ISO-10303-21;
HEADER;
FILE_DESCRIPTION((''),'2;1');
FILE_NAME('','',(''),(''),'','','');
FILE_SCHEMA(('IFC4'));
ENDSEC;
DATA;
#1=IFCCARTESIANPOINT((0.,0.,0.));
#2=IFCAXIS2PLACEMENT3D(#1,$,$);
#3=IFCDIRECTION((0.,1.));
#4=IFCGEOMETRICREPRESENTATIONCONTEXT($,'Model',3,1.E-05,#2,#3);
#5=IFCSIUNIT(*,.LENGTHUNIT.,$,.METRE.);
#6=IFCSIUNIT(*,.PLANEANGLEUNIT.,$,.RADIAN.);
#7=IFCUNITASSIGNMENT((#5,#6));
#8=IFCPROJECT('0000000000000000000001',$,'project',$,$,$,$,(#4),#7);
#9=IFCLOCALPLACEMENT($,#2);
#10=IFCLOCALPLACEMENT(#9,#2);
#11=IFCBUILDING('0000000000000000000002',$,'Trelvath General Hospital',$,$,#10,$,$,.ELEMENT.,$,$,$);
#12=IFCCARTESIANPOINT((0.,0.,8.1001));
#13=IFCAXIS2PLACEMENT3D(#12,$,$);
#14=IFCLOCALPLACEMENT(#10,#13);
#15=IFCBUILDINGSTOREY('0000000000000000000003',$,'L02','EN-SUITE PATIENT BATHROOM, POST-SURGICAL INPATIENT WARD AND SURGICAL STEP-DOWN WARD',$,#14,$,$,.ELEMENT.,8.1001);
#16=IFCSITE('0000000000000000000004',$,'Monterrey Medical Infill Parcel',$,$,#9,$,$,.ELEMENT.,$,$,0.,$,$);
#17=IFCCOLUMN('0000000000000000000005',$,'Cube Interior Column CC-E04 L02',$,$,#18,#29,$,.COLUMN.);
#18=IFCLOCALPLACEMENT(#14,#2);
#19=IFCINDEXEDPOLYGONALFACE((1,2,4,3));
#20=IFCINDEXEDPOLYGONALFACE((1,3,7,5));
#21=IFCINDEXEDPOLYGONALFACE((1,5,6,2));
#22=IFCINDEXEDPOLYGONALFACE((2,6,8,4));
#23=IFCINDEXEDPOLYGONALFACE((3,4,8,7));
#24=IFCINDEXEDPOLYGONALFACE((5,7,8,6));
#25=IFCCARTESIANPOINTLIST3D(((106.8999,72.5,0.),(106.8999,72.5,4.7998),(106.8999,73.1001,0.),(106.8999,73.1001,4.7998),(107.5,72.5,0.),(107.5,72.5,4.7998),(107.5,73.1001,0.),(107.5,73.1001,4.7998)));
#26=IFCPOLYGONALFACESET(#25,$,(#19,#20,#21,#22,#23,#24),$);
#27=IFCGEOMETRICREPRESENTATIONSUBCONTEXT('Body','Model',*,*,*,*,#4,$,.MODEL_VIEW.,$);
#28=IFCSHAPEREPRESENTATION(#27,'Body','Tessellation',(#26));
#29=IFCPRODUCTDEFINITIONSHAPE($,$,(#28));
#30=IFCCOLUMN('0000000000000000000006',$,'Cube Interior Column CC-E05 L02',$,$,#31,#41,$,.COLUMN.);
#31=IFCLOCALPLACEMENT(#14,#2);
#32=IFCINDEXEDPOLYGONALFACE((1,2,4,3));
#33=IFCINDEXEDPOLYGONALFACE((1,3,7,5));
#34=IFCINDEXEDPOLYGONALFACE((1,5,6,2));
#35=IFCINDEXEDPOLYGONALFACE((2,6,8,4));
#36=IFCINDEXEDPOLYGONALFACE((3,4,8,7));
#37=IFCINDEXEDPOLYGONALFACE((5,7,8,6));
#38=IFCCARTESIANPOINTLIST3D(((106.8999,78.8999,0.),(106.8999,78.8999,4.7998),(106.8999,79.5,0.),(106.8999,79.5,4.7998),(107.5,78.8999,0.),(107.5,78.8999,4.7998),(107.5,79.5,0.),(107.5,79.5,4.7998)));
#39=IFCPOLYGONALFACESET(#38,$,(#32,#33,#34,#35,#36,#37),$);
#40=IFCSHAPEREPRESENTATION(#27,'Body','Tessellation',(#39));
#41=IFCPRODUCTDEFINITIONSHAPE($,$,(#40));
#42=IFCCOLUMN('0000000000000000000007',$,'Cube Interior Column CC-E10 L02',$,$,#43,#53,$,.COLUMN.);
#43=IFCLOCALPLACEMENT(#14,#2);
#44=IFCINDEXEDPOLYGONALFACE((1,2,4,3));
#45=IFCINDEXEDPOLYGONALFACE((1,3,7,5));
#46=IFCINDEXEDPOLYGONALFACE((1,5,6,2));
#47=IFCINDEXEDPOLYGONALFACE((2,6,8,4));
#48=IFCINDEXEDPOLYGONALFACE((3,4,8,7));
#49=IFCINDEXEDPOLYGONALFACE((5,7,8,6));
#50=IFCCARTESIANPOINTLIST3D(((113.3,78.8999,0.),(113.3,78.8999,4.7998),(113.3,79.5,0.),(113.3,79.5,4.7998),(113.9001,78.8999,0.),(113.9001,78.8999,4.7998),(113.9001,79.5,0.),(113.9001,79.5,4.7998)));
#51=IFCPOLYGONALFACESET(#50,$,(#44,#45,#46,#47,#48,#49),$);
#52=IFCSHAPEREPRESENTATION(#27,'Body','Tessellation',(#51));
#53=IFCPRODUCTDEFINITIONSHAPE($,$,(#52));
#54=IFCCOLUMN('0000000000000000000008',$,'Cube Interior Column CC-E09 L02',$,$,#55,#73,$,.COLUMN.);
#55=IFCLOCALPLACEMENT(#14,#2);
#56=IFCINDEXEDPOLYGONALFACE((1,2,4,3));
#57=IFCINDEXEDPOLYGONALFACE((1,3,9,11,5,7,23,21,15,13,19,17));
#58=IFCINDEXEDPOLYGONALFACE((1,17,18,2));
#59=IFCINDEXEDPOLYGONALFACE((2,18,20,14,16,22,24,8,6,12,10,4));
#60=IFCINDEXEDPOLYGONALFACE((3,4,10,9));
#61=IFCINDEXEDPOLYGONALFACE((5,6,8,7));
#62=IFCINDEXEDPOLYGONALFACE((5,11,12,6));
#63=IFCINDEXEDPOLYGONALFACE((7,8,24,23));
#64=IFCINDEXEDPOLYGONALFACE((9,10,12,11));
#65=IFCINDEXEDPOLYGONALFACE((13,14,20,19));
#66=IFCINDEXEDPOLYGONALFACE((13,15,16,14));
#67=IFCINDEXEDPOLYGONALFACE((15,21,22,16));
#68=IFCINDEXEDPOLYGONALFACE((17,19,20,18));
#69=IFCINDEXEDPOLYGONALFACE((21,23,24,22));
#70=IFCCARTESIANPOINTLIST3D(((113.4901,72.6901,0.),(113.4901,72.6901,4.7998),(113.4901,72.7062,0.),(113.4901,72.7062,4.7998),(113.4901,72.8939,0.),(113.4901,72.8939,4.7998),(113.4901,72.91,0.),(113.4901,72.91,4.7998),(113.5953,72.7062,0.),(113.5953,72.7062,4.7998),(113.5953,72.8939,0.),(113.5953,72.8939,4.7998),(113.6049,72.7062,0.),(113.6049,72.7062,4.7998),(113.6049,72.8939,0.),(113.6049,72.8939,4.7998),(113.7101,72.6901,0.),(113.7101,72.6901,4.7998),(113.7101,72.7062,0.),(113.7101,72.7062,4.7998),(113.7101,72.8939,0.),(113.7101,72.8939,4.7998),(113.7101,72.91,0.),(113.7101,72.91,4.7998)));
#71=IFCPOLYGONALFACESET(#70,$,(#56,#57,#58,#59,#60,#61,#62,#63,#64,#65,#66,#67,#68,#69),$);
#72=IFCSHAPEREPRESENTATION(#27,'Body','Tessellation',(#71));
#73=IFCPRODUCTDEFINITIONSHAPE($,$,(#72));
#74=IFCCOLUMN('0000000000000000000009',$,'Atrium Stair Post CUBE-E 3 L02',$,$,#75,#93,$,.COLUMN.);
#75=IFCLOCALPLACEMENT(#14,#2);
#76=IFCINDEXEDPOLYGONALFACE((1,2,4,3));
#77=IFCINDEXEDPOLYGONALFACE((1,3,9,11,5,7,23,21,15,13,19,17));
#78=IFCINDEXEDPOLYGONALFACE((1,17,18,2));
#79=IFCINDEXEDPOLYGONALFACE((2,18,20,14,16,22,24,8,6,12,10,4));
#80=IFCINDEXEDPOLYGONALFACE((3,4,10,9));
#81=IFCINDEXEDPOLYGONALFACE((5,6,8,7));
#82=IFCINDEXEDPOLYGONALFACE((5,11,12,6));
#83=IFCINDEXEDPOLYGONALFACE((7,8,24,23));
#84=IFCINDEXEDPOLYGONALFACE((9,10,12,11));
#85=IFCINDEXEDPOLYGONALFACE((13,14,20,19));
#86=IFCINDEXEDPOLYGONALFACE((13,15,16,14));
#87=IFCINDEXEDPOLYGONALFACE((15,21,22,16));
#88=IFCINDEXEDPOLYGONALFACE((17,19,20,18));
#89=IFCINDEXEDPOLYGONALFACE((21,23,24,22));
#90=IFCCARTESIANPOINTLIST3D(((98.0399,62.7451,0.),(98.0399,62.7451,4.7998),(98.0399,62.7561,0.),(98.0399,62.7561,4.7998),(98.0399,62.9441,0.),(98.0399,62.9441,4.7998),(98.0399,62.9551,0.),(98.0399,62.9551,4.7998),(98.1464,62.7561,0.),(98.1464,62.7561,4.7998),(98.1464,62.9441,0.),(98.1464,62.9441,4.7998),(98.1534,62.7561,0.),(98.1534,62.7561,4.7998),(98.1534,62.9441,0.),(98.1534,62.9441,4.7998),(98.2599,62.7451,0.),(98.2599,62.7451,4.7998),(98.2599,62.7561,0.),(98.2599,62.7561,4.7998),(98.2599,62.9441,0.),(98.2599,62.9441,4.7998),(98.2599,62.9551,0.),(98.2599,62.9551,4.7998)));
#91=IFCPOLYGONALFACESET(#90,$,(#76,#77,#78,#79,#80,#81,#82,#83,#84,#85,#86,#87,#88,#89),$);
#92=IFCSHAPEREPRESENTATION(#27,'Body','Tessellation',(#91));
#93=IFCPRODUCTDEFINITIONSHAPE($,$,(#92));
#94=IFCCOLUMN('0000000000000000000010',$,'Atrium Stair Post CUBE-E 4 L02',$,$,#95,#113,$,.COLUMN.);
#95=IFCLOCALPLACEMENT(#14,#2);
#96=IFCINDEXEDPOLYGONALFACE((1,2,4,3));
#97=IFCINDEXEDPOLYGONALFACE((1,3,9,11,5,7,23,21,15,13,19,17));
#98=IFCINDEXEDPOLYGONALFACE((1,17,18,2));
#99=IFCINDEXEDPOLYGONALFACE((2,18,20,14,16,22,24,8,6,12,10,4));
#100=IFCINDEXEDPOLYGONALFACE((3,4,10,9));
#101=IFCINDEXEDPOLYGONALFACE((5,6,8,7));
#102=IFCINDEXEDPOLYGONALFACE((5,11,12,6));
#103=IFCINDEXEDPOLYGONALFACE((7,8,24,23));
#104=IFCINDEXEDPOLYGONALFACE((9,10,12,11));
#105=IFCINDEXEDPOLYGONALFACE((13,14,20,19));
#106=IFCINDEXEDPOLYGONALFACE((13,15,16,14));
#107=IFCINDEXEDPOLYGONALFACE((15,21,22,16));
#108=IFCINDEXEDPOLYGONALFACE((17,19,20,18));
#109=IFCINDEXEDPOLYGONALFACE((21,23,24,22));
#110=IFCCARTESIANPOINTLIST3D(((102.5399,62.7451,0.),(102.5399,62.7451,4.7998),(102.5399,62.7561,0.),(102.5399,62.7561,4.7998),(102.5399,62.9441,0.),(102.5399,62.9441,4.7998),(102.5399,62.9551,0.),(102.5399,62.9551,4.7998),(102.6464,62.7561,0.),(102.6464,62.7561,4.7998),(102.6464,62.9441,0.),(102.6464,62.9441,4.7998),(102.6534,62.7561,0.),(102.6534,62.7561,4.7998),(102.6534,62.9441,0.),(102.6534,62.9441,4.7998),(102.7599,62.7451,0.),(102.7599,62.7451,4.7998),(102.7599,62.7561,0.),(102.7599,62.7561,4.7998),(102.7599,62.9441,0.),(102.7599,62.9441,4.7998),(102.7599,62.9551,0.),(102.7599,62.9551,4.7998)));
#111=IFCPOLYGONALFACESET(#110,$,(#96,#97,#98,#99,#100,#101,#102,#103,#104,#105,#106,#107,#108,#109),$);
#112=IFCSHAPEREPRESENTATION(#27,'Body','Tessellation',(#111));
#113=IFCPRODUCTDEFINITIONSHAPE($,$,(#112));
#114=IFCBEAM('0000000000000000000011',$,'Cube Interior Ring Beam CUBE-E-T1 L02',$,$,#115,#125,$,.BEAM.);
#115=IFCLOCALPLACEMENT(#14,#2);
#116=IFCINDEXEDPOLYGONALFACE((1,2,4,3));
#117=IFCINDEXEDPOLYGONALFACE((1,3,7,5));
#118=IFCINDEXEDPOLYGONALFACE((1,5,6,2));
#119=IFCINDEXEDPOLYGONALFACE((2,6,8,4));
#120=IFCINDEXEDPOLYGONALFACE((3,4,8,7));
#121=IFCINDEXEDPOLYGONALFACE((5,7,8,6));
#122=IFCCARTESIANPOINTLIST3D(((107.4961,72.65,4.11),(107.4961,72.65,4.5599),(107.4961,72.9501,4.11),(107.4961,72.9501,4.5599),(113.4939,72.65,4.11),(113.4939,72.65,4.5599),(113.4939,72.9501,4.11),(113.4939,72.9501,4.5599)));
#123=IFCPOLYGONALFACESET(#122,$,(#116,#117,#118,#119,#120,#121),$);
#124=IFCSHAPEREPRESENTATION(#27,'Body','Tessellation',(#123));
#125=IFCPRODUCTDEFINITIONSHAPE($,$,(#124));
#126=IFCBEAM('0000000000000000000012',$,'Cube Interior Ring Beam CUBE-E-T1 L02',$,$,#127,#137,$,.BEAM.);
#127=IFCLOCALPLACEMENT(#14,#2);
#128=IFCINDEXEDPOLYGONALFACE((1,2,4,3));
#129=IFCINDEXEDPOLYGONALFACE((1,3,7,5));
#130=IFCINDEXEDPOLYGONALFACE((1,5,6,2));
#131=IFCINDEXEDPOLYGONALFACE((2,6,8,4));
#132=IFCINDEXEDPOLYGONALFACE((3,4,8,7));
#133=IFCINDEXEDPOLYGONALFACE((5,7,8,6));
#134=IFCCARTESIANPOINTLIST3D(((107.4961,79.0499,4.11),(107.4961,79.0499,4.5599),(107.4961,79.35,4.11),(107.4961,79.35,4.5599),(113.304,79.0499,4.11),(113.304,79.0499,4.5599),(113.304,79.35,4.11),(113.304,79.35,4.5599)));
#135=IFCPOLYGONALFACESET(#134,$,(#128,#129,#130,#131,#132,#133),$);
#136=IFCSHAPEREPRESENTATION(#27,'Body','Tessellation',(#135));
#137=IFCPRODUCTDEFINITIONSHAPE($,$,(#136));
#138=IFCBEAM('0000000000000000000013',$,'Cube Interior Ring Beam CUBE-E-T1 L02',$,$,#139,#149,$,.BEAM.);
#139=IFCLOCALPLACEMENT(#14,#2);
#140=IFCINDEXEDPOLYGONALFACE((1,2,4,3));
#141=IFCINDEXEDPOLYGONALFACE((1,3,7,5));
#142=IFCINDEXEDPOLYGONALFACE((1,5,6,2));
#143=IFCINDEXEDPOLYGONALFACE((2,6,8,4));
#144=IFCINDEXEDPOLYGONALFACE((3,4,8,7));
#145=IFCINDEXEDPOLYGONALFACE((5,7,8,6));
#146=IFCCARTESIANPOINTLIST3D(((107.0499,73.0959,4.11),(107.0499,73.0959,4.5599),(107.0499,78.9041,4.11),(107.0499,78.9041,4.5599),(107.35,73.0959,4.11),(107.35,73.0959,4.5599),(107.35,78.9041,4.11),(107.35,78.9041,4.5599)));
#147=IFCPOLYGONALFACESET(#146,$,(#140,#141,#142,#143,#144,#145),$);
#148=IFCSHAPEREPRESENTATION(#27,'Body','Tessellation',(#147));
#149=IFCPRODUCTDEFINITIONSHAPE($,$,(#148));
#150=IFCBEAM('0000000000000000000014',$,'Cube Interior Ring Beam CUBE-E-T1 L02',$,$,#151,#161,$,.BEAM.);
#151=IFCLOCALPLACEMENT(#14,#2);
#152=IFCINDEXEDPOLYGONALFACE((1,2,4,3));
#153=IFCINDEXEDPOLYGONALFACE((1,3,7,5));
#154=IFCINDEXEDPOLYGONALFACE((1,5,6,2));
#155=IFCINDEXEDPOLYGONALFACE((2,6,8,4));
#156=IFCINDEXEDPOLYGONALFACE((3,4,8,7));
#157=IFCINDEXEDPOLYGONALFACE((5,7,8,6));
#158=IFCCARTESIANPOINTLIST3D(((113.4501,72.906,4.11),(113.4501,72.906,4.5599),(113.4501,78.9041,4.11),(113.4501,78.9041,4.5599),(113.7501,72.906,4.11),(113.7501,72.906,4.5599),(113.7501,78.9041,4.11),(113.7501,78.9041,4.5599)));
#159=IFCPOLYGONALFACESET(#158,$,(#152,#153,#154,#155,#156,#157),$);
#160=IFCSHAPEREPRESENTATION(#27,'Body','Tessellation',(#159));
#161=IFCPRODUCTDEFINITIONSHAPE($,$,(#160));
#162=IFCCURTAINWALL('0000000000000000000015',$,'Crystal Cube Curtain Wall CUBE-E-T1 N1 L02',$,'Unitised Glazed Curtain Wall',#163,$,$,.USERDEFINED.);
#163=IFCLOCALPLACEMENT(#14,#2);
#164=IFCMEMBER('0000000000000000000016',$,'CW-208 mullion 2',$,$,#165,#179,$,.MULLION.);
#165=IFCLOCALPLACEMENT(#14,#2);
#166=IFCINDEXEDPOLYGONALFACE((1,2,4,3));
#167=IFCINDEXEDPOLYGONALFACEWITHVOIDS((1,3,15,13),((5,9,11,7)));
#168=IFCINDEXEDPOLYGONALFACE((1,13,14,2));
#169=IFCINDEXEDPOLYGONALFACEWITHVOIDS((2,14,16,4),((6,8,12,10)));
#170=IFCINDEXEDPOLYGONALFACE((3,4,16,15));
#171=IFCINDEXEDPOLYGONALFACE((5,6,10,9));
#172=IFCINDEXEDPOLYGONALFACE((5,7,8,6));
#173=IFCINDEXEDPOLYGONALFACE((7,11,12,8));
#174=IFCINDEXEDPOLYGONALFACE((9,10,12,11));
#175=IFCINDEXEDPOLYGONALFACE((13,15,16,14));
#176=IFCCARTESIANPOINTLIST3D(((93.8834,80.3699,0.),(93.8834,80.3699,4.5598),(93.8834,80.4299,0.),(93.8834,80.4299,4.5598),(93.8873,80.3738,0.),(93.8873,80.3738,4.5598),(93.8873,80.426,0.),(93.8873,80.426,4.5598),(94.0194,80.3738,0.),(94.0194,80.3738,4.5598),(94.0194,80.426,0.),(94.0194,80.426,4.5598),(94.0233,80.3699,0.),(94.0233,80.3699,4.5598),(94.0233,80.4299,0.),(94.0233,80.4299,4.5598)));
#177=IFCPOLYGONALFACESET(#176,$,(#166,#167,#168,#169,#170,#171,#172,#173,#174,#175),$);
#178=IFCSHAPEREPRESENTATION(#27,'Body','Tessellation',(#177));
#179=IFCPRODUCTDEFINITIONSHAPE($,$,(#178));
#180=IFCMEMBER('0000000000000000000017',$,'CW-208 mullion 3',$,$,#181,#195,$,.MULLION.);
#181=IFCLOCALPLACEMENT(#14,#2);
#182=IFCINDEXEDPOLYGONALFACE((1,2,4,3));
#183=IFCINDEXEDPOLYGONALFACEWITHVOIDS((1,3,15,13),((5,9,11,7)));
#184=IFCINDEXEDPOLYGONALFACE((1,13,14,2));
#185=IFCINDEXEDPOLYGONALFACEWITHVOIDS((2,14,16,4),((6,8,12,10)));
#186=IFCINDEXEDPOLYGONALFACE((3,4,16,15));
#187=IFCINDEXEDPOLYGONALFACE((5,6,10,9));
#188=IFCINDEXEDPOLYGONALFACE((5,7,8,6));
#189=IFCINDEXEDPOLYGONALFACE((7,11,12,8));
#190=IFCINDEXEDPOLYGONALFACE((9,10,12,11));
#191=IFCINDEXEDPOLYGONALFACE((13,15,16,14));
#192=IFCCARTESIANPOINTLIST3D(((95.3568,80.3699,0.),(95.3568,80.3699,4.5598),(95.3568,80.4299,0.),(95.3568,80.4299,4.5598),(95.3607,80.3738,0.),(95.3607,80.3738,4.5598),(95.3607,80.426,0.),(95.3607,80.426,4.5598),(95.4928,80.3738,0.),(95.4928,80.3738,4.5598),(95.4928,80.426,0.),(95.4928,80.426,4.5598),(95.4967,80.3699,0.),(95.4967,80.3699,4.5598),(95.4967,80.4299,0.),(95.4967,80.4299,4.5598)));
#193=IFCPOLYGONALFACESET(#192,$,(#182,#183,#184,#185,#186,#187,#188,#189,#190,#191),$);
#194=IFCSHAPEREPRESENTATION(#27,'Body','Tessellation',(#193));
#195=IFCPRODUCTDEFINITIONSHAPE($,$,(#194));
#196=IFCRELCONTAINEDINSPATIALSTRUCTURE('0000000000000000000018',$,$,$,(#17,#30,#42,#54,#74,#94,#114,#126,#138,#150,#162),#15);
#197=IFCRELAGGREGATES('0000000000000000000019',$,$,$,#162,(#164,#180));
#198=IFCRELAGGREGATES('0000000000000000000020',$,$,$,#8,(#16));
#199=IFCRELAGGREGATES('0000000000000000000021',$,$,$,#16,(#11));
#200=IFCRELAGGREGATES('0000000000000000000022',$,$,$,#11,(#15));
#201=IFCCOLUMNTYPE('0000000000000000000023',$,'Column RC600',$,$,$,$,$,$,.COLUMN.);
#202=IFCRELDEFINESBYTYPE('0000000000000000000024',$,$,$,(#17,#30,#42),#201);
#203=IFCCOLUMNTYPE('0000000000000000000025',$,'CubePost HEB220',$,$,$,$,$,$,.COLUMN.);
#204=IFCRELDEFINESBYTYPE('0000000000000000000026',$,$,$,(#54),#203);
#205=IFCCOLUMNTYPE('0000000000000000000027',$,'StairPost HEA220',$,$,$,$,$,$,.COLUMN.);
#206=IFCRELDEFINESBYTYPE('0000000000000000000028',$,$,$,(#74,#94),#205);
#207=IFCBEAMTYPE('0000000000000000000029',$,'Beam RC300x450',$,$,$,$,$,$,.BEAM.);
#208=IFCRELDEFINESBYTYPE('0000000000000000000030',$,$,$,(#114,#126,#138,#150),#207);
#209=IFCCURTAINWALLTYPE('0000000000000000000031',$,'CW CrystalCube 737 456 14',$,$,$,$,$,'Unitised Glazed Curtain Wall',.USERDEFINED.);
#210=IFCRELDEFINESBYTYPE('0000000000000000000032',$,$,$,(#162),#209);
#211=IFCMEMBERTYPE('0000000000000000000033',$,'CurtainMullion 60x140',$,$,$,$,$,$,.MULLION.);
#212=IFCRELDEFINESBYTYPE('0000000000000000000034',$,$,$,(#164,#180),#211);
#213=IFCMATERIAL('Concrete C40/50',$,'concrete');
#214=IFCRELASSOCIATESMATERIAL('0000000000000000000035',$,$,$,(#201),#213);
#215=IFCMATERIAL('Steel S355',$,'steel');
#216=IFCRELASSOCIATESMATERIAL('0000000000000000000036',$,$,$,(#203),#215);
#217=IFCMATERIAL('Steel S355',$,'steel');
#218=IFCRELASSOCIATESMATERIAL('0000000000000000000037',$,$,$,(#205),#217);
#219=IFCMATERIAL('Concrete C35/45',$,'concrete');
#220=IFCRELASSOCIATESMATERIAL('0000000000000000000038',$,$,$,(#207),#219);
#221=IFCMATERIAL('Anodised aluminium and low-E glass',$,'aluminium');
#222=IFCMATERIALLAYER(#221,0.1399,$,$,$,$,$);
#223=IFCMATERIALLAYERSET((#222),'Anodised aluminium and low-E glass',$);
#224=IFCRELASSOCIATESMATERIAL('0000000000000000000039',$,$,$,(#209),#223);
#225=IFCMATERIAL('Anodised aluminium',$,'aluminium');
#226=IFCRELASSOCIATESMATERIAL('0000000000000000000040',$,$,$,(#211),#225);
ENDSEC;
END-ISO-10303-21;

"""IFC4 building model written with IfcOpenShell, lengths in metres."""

from ifc_helpers import new_model, si_unit, direction, frame, origin, origin_2d, place, context, subcontext, project, spatial, rectangle, hollow_rectangle, i_section, extrude, material, layer, layer_set, material_profile, profile_set, type_object, element, aggregate, save


model = new_model("IFC4")

# Units and contexts
model_context = context("Model", 3, precision=1e-05, world=origin(), true_north=direction((0.0, 1.0)))
body_context = subcontext(model_context, "Body", "Model", "MODEL_VIEW")
ifc_project = project(units=[si_unit("LENGTHUNIT", "METRE"), si_unit("PLANEANGLEUNIT", "RADIAN")], contexts=[model_context])

# Site, building, storey
site_placement = place(None, origin())
site = spatial("IfcSite", under=ifc_project, at=site_placement, Name="Monterrey Medical Infill Parcel", CompositionType="ELEMENT", RefElevation=0.0)
building_placement = place(site_placement, origin())
building = spatial("IfcBuilding", under=site, at=building_placement, Name="Trelvath General Hospital", CompositionType="ELEMENT")
storey_placement = place(building_placement, frame((0.0, 0.0, 8.1001)))
storey = spatial("IfcBuildingStorey", under=building, at=storey_placement, Name="L02", Description="EN-SUITE PATIENT BATHROOM, POST-SURGICAL INPATIENT WARD AND SURGICAL STEP-DOWN WARD", CompositionType="ELEMENT", Elevation=8.1001)

# Columns
ifc_material_1 = material(Name="Concrete C40/50", Category="concrete")
ifc_material_profile_1 = material_profile(ifc_material_1, rectangle(XDim=0.6001, YDim=0.6001, at=origin_2d()), Name="RC600x600")
ifc_profile_set_1 = profile_set([ifc_material_profile_1], Name="Concrete C40/50")
column_type_1 = type_object("IfcColumnType", Name="Column RC600", PredefinedType="COLUMN", material=ifc_profile_set_1)
for number, where, z_axis, x_axis, name in (
    (1, (107.2, 72.8, 0.0), (0.0, 0.0, 1.0), (1.0, 0.0, 0.0), "Cube Interior Column CC-E04 L02"),
    (2, (107.2, 79.2, 0.0), (0.0, 0.0, 1.0), (1.0, 0.0, 0.0), "Cube Interior Column CC-E05 L02"),
    (3, (113.6001, 79.2, 0.0), (0.0, 0.0, 1.0), (1.0, 0.0, 0.0), "Cube Interior Column CC-E10 L02"),
):
    element("IfcColumn", number, at=place(storey_placement, frame(where, z_axis=z_axis, x_axis=x_axis)), inside=storey, type_object=column_type_1, Name=name, PredefinedType="COLUMN", context=body_context, shape_type="SweptSolid", body=[
        extrude(rectangle(XDim=0.6001, YDim=0.6001, at=origin_2d()), origin(), (0.0, 0.0, 1.0), 4.7998),
    ])
ifc_material_2 = material(Name="Steel S355", Category="steel")
ifc_material_profile_2 = material_profile(ifc_material_2, i_section(OverallWidth=0.22, OverallDepth=0.22, WebThickness=0.0095, FlangeThickness=0.0161, at=origin_2d()), Name="HEB220")
ifc_profile_set_2 = profile_set([ifc_material_profile_2], Name="Steel S355")
column_type_2 = type_object("IfcColumnType", Name="CubePost HEB220", PredefinedType="COLUMN", material=ifc_profile_set_2)
column_placement = place(storey_placement, frame((113.6001, 72.8, 0.0), z_axis=(0.0, 0.0, 1.0), x_axis=(1.0, 0.0, 0.0)))
element("IfcColumn", 4, at=column_placement, inside=storey, type_object=column_type_2, Name="Cube Interior Column CC-E09 L02", PredefinedType="COLUMN", context=body_context, shape_type="SweptSolid", body=[
    extrude(i_section(OverallWidth=0.22, OverallDepth=0.22, WebThickness=0.0095, FlangeThickness=0.0161, at=origin_2d()), origin(), (0.0, 0.0, 1.0), 4.7998),
])
ifc_material_3 = material(Name="Steel S355", Category="steel")
ifc_material_profile_3 = material_profile(ifc_material_3, i_section(OverallWidth=0.22, OverallDepth=0.21, WebThickness=0.0071, FlangeThickness=0.011, at=origin_2d()), Name="HEA220")
ifc_profile_set_3 = profile_set([ifc_material_profile_3], Name="Steel S355")
column_type_3 = type_object("IfcColumnType", Name="StairPost HEA220", PredefinedType="COLUMN", material=ifc_profile_set_3)
for number, where, z_axis, x_axis, name in (
    (5, (98.1499, 62.8501, 0.0), (0.0, 0.0, 1.0), (1.0, 0.0, 0.0), "Atrium Stair Post CUBE-E 3 L02"),
    (6, (102.6499, 62.8501, 0.0), (0.0, 0.0, 1.0), (1.0, 0.0, 0.0), "Atrium Stair Post CUBE-E 4 L02"),
):
    element("IfcColumn", number, at=place(storey_placement, frame(where, z_axis=z_axis, x_axis=x_axis)), inside=storey, type_object=column_type_3, Name=name, PredefinedType="COLUMN", context=body_context, shape_type="SweptSolid", body=[
        extrude(i_section(OverallWidth=0.22, OverallDepth=0.21, WebThickness=0.0071, FlangeThickness=0.011, at=origin_2d()), origin(), (0.0, 0.0, 1.0), 4.7998),
    ])

# Beams
ifc_material_4 = material(Name="Concrete C35/45", Category="concrete")
ifc_material_profile_4 = material_profile(ifc_material_4, rectangle(XDim=0.3, YDim=0.45, at=origin_2d()), Name="RCB300x450")
ifc_profile_set_4 = profile_set([ifc_material_profile_4], Name="Concrete C35/45")
beam_type_1 = type_object("IfcBeamType", Name="Beam RC300x450", PredefinedType="BEAM", material=ifc_profile_set_4)
beam_1_placement = place(storey_placement, frame((107.4961, 72.8, 4.335), z_axis=(1.0, 0.0, 0.0), x_axis=(0.0, 1.0, 0.0)))
element("IfcBeam", 7, at=beam_1_placement, inside=storey, type_object=beam_type_1, Name="Cube Interior Ring Beam CUBE-E-T1 L02", PredefinedType="BEAM", context=body_context, shape_type="SweptSolid", body=[
    extrude(rectangle(XDim=0.3, YDim=0.45, at=origin_2d()), origin(), (0.0, 0.0, 1.0), 5.9978),
])
beam_2_placement = place(storey_placement, frame((107.4961, 79.2, 4.335), z_axis=(1.0, 0.0, 0.0), x_axis=(0.0, 1.0, 0.0)))
element("IfcBeam", 8, at=beam_2_placement, inside=storey, type_object=beam_type_1, Name="Cube Interior Ring Beam CUBE-E-T1 L02", PredefinedType="BEAM", context=body_context, shape_type="SweptSolid", body=[
    extrude(rectangle(XDim=0.3, YDim=0.45, at=origin_2d()), origin(), (0.0, 0.0, 1.0), 5.8079),
])
beam_3_placement = place(storey_placement, frame((107.2, 73.0959, 4.335), z_axis=(0.0, 1.0, 0.0), x_axis=(-1.0, 0.0, 0.0)))
element("IfcBeam", 9, at=beam_3_placement, inside=storey, type_object=beam_type_1, Name="Cube Interior Ring Beam CUBE-E-T1 L02", PredefinedType="BEAM", context=body_context, shape_type="SweptSolid", body=[
    extrude(rectangle(XDim=0.3, YDim=0.45, at=origin_2d()), origin(), (0.0, 0.0, 1.0), 5.8081),
])
beam_4_placement = place(storey_placement, frame((113.6001, 72.906, 4.335), z_axis=(0.0, 1.0, 0.0), x_axis=(-1.0, 0.0, 0.0)))
element("IfcBeam", 10, at=beam_4_placement, inside=storey, type_object=beam_type_1, Name="Cube Interior Ring Beam CUBE-E-T1 L02", PredefinedType="BEAM", context=body_context, shape_type="SweptSolid", body=[
    extrude(rectangle(XDim=0.3, YDim=0.45, at=origin_2d()), origin(), (0.0, 0.0, 1.0), 5.998),
])

# Curtain wall, members
ifc_material_5 = material(Name="Anodised aluminium and low-E glass", Category="aluminium")
ifc_layer_1 = layer(ifc_material_5, 0.1399)
ifc_layer_set_1 = layer_set([ifc_layer_1], Name="Anodised aluminium and low-E glass")
curtain_wall_type = type_object("IfcCurtainWallType", Name="CW CrystalCube 737 456 14", ElementType="Unitised Glazed Curtain Wall", PredefinedType="USERDEFINED", material=ifc_layer_set_1)
curtain_wall_placement = place(storey_placement, origin())
curtain_wall = element("IfcCurtainWall", 11, at=curtain_wall_placement, inside=storey, type_object=curtain_wall_type, Name="Crystal Cube Curtain Wall CUBE-E-T1 N1 L02", ObjectType="Unitised Glazed Curtain Wall", PredefinedType="USERDEFINED")
ifc_material_6 = material(Name="Anodised aluminium", Category="aluminium")
ifc_material_profile_5 = material_profile(ifc_material_6, hollow_rectangle(XDim=0.0601, YDim=0.1399, WallThickness=0.0039, at=origin_2d()), Name="RHS60x140x4")
ifc_profile_set_5 = profile_set([ifc_material_profile_5], Name="Anodised aluminium")
member_type_1 = type_object("IfcMemberType", Name="CurtainMullion 60x140", PredefinedType="MULLION", material=ifc_profile_set_5)
member_1_placement = place(storey_placement, frame((93.9534, 80.3999, 0.0), z_axis=(0.0, 0.0, 1.0), x_axis=(0.0, 1.0, 0.0)))
member_1 = element("IfcMember", 12, at=member_1_placement, type_object=member_type_1, Name="CW-208 mullion 2", PredefinedType="MULLION", context=body_context, shape_type="SweptSolid", body=[
    extrude(hollow_rectangle(XDim=0.0601, YDim=0.1399, WallThickness=0.0039, at=origin_2d()), origin(), (0.0, 0.0, 1.0), 4.5598),
])
member_2_placement = place(storey_placement, frame((95.4268, 80.3999, 0.0), z_axis=(0.0, 0.0, 1.0), x_axis=(0.0, 1.0, 0.0)))
member_2 = element("IfcMember", 13, at=member_2_placement, type_object=member_type_1, Name="CW-208 mullion 3", PredefinedType="MULLION", context=body_context, shape_type="SweptSolid", body=[
    extrude(hollow_rectangle(XDim=0.0601, YDim=0.1399, WallThickness=0.0039, at=origin_2d()), origin(), (0.0, 0.0, 1.0), 4.5598),
])

aggregate(curtain_wall, [member_1, member_2])

save(model, "model.ifc")
